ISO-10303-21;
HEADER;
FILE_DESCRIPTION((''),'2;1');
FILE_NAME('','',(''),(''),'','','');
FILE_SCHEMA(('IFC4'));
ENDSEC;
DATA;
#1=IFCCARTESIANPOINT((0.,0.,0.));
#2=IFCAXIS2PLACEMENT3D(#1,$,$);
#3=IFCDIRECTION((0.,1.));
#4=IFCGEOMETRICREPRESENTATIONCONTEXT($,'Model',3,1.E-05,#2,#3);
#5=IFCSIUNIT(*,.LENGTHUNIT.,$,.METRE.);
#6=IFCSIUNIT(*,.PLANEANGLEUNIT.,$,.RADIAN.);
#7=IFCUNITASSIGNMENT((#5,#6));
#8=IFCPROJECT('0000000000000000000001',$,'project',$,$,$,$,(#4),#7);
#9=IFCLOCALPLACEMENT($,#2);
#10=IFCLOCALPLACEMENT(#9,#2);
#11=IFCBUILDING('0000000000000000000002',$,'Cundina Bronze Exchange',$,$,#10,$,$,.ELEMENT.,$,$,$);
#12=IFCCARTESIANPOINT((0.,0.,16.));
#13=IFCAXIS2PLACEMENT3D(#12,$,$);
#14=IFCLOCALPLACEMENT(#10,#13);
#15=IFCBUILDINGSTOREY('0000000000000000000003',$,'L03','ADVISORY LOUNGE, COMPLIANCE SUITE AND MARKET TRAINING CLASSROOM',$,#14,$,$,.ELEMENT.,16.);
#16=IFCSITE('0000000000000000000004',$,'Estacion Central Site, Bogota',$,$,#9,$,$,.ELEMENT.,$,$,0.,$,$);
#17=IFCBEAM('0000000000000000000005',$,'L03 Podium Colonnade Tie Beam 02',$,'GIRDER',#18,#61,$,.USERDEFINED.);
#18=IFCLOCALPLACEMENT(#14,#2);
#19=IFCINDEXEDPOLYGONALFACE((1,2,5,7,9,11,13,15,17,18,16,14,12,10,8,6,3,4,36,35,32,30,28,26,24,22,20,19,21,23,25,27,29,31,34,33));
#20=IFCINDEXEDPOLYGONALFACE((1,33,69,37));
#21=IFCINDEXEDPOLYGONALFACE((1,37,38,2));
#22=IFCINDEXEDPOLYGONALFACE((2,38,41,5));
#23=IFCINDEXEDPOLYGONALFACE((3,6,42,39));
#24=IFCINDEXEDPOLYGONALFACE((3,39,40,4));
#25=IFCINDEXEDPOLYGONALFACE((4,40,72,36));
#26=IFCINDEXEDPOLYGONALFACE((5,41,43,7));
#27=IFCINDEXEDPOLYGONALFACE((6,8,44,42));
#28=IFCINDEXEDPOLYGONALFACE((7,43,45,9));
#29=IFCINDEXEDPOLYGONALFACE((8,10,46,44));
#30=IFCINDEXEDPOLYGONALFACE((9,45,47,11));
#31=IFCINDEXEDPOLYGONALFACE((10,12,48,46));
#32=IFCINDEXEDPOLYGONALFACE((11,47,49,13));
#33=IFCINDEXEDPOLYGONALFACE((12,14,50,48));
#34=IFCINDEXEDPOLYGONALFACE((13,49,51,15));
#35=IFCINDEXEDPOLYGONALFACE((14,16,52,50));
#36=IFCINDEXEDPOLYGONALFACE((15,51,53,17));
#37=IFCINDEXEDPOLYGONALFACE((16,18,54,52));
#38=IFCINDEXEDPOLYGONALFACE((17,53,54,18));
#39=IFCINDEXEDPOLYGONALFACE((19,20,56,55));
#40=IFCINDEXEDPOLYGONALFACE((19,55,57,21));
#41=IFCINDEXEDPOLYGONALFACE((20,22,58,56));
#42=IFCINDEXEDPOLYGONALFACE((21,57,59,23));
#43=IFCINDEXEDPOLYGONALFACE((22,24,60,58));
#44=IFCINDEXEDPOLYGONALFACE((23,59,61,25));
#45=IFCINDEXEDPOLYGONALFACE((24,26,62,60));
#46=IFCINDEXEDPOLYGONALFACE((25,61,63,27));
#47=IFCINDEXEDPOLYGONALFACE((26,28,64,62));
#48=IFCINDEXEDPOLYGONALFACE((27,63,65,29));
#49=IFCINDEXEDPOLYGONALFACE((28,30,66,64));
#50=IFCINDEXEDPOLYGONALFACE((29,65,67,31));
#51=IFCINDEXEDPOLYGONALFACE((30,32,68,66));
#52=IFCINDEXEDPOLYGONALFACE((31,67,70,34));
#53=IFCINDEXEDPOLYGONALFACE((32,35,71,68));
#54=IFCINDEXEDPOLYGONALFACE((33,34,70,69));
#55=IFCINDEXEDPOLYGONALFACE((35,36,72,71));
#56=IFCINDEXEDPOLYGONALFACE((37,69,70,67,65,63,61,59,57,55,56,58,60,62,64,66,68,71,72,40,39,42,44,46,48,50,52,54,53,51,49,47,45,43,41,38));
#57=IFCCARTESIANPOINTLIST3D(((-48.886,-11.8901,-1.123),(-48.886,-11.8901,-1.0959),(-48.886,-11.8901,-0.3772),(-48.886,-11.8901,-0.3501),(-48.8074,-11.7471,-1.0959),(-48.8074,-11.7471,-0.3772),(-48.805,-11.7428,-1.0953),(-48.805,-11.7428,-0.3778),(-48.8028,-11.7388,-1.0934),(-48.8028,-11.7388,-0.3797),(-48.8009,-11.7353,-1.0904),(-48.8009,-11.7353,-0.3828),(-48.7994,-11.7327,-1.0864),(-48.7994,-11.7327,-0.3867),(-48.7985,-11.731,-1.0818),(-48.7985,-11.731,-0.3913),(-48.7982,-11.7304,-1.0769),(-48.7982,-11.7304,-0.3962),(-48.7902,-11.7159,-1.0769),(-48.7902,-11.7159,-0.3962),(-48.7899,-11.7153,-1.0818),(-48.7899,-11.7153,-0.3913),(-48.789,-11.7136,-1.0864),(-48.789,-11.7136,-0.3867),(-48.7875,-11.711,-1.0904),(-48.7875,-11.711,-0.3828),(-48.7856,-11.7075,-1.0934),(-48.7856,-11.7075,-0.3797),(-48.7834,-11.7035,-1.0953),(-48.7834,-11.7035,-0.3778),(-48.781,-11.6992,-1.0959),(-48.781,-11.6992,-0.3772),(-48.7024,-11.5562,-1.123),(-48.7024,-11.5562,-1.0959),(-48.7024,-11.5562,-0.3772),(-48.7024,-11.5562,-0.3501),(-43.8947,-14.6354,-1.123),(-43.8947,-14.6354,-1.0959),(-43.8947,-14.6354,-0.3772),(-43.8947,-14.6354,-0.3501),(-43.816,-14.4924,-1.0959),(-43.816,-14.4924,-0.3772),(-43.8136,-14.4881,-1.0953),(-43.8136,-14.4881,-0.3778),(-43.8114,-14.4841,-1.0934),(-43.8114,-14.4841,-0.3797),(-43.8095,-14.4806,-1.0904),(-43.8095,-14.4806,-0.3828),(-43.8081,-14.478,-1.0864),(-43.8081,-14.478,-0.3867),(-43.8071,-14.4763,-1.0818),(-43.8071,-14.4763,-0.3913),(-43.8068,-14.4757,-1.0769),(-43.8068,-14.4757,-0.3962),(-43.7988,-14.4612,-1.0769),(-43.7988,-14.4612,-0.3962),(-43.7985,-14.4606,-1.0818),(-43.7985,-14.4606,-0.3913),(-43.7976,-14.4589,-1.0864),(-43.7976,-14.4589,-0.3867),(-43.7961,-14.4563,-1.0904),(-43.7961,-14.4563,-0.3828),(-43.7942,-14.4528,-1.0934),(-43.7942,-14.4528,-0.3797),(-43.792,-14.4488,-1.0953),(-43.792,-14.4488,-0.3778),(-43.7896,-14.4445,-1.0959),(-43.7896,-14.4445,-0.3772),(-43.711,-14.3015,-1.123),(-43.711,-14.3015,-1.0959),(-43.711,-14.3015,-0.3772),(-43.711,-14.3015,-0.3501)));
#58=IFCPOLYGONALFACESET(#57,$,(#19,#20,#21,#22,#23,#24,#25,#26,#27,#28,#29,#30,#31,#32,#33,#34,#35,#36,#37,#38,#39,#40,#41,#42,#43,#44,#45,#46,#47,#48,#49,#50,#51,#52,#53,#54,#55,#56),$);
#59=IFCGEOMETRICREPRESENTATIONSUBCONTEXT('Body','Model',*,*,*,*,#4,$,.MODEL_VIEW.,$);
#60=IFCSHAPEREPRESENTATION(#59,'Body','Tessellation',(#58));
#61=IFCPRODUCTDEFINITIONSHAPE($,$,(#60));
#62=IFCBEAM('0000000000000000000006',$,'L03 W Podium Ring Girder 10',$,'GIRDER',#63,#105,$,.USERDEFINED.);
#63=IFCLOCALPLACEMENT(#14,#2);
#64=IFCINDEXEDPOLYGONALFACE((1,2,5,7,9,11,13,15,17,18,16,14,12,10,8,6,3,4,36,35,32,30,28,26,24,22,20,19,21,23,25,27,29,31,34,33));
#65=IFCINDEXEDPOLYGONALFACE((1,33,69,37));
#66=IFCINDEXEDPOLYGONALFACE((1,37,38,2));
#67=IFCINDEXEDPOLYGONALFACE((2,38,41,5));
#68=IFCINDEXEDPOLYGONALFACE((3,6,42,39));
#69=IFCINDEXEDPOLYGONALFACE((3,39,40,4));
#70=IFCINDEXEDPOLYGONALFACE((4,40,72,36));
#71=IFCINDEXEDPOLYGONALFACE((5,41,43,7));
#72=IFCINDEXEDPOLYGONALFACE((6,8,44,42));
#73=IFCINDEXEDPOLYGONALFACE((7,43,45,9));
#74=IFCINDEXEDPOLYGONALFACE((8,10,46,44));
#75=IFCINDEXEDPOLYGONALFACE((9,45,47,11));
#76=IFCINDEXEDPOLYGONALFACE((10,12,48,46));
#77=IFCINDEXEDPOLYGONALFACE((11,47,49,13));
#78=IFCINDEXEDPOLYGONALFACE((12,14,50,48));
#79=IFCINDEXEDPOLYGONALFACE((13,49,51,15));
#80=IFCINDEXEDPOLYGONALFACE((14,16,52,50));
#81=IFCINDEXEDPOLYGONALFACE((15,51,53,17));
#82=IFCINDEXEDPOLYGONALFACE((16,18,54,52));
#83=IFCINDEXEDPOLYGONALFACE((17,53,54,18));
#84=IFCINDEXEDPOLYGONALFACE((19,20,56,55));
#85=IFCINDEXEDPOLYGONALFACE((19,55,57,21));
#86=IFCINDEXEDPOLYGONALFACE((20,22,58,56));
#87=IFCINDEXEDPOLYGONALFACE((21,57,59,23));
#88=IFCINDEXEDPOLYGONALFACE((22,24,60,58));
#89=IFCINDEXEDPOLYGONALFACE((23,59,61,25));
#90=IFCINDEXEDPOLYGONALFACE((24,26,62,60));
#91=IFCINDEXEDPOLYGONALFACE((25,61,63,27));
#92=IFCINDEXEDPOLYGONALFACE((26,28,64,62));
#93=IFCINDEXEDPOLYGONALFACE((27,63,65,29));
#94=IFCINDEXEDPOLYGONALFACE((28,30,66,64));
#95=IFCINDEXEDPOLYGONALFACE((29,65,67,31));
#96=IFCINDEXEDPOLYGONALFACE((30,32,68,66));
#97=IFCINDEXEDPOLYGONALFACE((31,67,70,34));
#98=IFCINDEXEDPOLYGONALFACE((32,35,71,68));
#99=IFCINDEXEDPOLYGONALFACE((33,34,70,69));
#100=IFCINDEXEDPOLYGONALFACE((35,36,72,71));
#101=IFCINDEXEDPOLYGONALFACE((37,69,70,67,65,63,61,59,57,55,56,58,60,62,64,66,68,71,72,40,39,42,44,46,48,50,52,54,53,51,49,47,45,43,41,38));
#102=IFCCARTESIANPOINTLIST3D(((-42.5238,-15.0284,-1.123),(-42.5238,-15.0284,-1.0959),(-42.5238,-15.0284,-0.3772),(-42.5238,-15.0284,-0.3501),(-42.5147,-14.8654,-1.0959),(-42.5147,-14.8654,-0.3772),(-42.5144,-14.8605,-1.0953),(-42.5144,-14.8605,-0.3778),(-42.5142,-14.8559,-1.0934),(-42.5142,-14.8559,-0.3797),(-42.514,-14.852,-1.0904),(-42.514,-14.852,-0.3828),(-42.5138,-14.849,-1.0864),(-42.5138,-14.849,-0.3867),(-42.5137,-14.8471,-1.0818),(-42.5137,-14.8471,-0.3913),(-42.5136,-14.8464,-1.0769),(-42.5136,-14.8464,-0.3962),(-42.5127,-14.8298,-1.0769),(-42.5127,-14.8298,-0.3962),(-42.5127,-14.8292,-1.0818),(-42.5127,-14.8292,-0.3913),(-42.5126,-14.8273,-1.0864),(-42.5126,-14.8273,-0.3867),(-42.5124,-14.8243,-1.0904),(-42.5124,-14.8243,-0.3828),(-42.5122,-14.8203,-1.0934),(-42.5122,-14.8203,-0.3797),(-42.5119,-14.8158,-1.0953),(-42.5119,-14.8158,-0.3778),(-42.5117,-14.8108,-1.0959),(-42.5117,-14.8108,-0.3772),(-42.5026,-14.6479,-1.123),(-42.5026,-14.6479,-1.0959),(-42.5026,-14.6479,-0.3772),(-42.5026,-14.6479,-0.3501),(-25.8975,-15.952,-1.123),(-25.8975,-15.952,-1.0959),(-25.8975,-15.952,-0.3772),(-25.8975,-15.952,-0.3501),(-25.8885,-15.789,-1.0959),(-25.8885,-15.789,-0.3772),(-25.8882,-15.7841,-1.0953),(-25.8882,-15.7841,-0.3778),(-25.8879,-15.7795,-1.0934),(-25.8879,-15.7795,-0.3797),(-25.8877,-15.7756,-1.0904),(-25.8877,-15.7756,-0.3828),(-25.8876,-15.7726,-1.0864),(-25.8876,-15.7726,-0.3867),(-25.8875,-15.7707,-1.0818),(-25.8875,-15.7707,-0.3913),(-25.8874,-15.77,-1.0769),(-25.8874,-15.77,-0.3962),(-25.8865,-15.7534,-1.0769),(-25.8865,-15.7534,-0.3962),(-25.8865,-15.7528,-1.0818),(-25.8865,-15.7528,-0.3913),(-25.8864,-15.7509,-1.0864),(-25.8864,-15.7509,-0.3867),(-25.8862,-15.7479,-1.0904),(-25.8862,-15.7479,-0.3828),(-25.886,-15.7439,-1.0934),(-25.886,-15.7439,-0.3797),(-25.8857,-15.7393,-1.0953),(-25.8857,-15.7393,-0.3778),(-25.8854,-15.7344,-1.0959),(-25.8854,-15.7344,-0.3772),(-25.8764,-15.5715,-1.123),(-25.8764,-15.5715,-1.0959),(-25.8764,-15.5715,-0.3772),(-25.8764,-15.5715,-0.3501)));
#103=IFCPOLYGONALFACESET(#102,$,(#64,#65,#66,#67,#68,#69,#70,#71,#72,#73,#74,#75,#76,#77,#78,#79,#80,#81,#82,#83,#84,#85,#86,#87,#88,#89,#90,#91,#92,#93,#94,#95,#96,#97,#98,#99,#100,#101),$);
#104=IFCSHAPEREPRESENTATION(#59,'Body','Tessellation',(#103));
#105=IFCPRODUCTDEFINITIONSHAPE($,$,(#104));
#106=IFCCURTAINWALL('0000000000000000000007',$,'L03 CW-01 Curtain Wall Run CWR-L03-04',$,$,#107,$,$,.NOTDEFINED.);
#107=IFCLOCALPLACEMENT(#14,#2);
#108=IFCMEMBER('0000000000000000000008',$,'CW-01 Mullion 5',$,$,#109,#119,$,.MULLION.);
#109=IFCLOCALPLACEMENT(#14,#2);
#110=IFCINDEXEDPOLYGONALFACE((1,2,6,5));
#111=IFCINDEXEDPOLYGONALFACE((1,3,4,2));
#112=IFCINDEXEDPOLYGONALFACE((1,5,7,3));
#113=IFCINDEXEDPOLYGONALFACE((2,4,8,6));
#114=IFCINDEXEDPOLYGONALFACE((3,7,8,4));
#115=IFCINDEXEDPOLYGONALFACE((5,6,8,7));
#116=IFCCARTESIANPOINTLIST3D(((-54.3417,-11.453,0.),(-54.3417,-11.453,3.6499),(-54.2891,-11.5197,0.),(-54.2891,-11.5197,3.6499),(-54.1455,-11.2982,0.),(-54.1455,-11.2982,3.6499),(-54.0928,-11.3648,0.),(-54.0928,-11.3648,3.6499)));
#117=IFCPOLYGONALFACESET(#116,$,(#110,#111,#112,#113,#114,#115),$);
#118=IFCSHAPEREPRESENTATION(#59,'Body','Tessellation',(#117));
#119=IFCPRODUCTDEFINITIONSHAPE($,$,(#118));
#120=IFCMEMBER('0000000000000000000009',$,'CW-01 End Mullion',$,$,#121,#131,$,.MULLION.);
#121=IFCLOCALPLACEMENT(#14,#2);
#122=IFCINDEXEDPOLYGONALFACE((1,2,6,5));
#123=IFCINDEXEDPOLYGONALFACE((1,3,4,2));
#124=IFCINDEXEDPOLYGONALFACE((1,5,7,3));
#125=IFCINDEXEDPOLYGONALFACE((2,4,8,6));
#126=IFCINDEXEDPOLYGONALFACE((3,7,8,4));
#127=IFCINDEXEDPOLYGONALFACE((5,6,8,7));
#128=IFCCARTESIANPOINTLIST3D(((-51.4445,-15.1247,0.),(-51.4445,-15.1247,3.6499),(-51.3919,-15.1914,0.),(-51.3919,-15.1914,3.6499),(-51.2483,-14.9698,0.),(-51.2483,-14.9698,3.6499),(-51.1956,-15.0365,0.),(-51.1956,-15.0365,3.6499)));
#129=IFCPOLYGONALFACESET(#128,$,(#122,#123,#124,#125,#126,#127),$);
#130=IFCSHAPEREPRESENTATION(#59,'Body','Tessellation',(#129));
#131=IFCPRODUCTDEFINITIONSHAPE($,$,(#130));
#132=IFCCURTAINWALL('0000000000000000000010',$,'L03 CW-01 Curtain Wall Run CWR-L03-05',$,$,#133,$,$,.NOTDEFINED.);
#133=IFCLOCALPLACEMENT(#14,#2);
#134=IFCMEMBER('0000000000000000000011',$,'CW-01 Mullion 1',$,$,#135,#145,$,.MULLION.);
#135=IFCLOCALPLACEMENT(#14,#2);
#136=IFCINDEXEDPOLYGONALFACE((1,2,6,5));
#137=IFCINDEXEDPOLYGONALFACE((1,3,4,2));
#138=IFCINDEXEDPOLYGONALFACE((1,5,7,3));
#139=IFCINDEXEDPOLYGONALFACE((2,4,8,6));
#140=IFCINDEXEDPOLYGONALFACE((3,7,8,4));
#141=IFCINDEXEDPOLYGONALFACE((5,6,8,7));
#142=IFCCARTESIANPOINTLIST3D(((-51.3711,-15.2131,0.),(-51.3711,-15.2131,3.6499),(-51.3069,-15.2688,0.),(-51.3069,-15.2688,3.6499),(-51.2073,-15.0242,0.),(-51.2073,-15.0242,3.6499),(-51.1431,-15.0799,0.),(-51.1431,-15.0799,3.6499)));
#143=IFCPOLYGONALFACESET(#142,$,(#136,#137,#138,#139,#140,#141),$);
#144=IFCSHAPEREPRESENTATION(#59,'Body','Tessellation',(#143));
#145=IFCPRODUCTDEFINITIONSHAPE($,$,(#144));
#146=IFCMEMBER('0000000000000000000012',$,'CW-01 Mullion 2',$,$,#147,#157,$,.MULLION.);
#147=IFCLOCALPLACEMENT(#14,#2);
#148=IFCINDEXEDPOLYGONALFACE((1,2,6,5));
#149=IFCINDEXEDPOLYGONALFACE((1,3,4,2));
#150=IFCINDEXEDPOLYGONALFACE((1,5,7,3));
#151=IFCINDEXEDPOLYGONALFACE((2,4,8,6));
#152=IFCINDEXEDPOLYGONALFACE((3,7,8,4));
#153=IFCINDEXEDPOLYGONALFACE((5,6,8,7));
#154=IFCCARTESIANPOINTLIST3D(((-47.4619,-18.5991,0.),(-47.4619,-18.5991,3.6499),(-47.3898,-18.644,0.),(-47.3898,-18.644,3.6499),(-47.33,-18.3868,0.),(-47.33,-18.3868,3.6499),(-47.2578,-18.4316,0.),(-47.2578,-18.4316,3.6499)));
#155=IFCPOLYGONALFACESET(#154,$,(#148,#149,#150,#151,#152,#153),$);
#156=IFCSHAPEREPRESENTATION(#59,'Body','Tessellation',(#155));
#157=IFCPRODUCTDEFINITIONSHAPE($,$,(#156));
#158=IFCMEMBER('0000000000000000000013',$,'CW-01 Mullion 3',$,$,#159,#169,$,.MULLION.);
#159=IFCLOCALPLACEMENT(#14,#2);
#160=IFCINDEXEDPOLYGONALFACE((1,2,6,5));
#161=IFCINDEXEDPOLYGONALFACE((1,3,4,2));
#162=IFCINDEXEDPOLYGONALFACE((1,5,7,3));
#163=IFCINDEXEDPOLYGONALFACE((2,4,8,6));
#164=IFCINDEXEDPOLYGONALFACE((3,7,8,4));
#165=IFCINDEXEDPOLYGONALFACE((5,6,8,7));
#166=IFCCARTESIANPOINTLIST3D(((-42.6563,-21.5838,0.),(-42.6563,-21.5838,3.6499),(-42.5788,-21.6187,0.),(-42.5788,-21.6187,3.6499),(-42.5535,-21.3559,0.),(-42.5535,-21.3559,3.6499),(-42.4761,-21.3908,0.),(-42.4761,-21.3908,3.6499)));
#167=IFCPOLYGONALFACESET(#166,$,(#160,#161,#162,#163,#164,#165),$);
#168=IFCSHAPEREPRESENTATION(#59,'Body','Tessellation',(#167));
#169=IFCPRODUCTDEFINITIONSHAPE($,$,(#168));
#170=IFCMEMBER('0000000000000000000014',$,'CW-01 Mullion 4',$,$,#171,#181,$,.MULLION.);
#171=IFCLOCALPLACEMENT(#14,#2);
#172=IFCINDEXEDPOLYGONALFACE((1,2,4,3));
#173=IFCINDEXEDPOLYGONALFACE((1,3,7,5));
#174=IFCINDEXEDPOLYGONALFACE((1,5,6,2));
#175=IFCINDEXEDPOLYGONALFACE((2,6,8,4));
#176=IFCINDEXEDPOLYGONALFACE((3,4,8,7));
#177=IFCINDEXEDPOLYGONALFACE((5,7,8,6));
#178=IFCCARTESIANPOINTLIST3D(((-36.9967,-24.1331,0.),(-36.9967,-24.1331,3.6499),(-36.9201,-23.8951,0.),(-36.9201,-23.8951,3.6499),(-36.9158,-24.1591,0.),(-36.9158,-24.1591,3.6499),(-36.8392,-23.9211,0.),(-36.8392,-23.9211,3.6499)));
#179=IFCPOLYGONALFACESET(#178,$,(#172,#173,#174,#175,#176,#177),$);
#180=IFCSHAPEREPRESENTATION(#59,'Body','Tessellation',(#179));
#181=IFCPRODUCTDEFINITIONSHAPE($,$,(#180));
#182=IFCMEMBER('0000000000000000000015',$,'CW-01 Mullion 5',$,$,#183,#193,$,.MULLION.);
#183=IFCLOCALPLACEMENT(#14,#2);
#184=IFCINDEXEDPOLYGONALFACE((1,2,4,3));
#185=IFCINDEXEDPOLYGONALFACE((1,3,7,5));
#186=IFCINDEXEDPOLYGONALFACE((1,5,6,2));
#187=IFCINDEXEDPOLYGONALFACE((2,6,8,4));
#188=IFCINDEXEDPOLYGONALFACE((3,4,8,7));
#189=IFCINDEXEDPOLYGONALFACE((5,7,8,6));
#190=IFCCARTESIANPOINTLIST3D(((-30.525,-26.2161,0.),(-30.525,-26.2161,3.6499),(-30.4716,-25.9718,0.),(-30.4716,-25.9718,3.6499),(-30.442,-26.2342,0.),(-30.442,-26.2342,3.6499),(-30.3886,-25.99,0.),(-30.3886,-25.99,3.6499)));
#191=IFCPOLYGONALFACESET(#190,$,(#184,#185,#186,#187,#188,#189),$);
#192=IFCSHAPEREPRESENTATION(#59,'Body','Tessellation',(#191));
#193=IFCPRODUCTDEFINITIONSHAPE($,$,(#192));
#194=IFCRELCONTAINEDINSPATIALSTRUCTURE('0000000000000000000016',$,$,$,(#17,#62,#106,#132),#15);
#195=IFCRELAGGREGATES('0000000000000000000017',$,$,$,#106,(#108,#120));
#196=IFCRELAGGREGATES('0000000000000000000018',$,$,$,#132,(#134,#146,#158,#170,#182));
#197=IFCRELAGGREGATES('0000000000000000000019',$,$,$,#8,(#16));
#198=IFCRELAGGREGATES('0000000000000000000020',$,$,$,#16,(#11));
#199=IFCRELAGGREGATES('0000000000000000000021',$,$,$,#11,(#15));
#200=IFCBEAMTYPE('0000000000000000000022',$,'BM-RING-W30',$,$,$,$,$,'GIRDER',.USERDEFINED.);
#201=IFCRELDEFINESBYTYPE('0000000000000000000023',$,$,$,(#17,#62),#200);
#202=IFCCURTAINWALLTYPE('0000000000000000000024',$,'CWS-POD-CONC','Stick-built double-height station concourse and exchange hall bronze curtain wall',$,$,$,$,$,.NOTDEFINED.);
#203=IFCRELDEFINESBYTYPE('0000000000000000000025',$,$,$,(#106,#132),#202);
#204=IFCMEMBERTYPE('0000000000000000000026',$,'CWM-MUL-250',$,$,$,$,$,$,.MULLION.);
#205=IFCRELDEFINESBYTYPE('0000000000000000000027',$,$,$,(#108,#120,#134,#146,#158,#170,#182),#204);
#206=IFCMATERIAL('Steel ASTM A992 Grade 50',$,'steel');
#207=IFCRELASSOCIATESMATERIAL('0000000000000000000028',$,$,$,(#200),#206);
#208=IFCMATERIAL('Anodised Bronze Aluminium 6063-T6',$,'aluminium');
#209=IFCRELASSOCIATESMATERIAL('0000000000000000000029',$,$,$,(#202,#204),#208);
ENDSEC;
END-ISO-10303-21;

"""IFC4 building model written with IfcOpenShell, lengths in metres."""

from ifc_helpers import new_model, si_unit, direction, frame, origin, origin_2d, place, context, subcontext, project, spatial, rectangle, i_section, extrude, material, material_profile, profile_set, type_object, element, aggregate, save


model = new_model("IFC4")

# Units and contexts
model_context = context("Model", 3, precision=1e-05, world=origin(), true_north=direction((0.0, 1.0)))
body_context = subcontext(model_context, "Body", "Model", "MODEL_VIEW")
ifc_project = project(units=[si_unit("LENGTHUNIT", "METRE"), si_unit("PLANEANGLEUNIT", "RADIAN")], contexts=[model_context])

# Site, building, storey
site_placement = place(None, origin())
site = spatial("IfcSite", under=ifc_project, at=site_placement, Name="Estacion Central Site, Bogota", CompositionType="ELEMENT", RefElevation=0.0)
building_placement = place(site_placement, origin())
building = spatial("IfcBuilding", under=site, at=building_placement, Name="Cundina Bronze Exchange", CompositionType="ELEMENT")
storey_placement = place(building_placement, frame((0.0, 0.0, 16.0)))
storey = spatial("IfcBuildingStorey", under=building, at=storey_placement, Name="L03", Description="ADVISORY LOUNGE, COMPLIANCE SUITE AND MARKET TRAINING CLASSROOM", CompositionType="ELEMENT", Elevation=16.0)

# Beams
ifc_material_1 = material(Name="Steel ASTM A992 Grade 50", Category="steel")
ifc_material_profile_1 = material_profile(ifc_material_1, i_section(OverallWidth=0.3811, OverallDepth=0.7729, WebThickness=0.0166, FlangeThickness=0.0271, FilletRadius=0.019, at=origin_2d()), Name="W30X173", Category="steel")
ifc_profile_set_1 = profile_set([ifc_material_profile_1], Name="Steel ASTM A992 Grade 50")
beam_type_1 = type_object("IfcBeamType", Name="BM-RING-W30", ElementType="GIRDER", PredefinedType="USERDEFINED", material=ifc_profile_set_1)
beam_1_placement = place(storey_placement, frame((-48.7942, -11.7231, -0.7366), z_axis=(0.876211, -0.481927, 0.0), x_axis=(0.481927, 0.876211, 0.0)))
element("IfcBeam", 1, at=beam_1_placement, inside=storey, type_object=beam_type_1, Name="L03 Podium Colonnade Tie Beam 02", ObjectType="GIRDER", PredefinedType="USERDEFINED", context=body_context, shape_type="SweptSolid", body=[
    extrude(i_section(OverallWidth=0.3811, OverallDepth=0.7729, WebThickness=0.0166, FlangeThickness=0.0271, FilletRadius=0.019, at=origin_2d()), origin(), (0.0, 0.0, 1.0), 5.6965),
])
beam_2_placement = place(storey_placement, frame((-42.5132, -14.8381, -0.7366), z_axis=(0.998461, -0.055464, 0.0), x_axis=(0.055464, 0.998461, 0.0)))
element("IfcBeam", 2, at=beam_2_placement, inside=storey, type_object=beam_type_1, Name="L03 W Podium Ring Girder 10", ObjectType="GIRDER", PredefinedType="USERDEFINED", context=body_context, shape_type="SweptSolid", body=[
    extrude(i_section(OverallWidth=0.3811, OverallDepth=0.7729, WebThickness=0.0166, FlangeThickness=0.0271, FilletRadius=0.019, at=origin_2d()), origin(), (0.0, 0.0, 1.0), 16.6519),
])

# Curtain walls, members
ifc_material_2 = material(Name="Anodised Bronze Aluminium 6063-T6", Category="aluminium")
curtain_wall_type = type_object("IfcCurtainWallType", Name="CWS-POD-CONC", Description="Stick-built double-height station concourse and exchange hall bronze curtain wall", PredefinedType="NOTDEFINED", material=ifc_material_2)
curtain_wall_1_placement = place(storey_placement, origin())
curtain_wall_1 = element("IfcCurtainWall", 3, at=curtain_wall_1_placement, inside=storey, type_object=curtain_wall_type, Name="L03 CW-01 Curtain Wall Run CWR-L03-04", PredefinedType="NOTDEFINED")
ifc_material_profile_2 = material_profile(ifc_material_2, rectangle(XDim=0.085, YDim=0.25, at=origin_2d()), Name="AL85X250", Category="aluminium")
ifc_profile_set_2 = profile_set([ifc_material_profile_2], Name="Anodised Bronze Aluminium 6063-T6")
member_type_1 = type_object("IfcMemberType", Name="CWM-MUL-250", PredefinedType="MULLION", material=ifc_profile_set_2)
member_1_placement = place(storey_placement, frame((-54.2173, -11.4089, 0.0), z_axis=(0.0, 0.0, 1.0), x_axis=(0.619505, -0.784993, 0.0)))
member_1 = element("IfcMember", 4, at=member_1_placement, type_object=member_type_1, Name="CW-01 Mullion 5", PredefinedType="MULLION", context=body_context, shape_type="SweptSolid", body=[
    extrude(rectangle(XDim=0.085, YDim=0.25, at=origin_2d()), origin(), (0.0, 0.0, 1.0), 3.6499),
])
member_2_placement = place(storey_placement, frame((-51.3201, -15.0806, 0.0), z_axis=(0.0, 0.0, 1.0), x_axis=(0.619505, -0.784993, 0.0)))
member_2 = element("IfcMember", 5, at=member_2_placement, type_object=member_type_1, Name="CW-01 End Mullion", PredefinedType="MULLION", context=body_context, shape_type="SweptSolid", body=[
    extrude(rectangle(XDim=0.085, YDim=0.25, at=origin_2d()), origin(), (0.0, 0.0, 1.0), 3.6499),
])
curtain_wall_2_placement = place(storey_placement, origin())
curtain_wall_2 = element("IfcCurtainWall", 6, at=curtain_wall_2_placement, inside=storey, type_object=curtain_wall_type, Name="L03 CW-01 Curtain Wall Run CWR-L03-05", PredefinedType="NOTDEFINED")
member_3_placement = place(storey_placement, frame((-51.2571, -15.1465, 0.0), z_axis=(0.0, 0.0, 1.0), x_axis=(0.755511, -0.655136, 0.0)))
member_3 = element("IfcMember", 7, at=member_3_placement, type_object=member_type_1, Name="CW-01 Mullion 1", PredefinedType="MULLION", context=body_context, shape_type="SweptSolid", body=[
    extrude(rectangle(XDim=0.085, YDim=0.25, at=origin_2d()), origin(), (0.0, 0.0, 1.0), 3.6499),
])
member_4_placement = place(storey_placement, frame((-47.3599, -18.5154, 0.0), z_axis=(0.0, 0.0, 1.0), x_axis=(0.84934, -0.527846, 0.0)))
member_4 = element("IfcMember", 8, at=member_4_placement, type_object=member_type_1, Name="CW-01 Mullion 2", PredefinedType="MULLION", context=body_context, shape_type="SweptSolid", body=[
    extrude(rectangle(XDim=0.085, YDim=0.25, at=origin_2d()), origin(), (0.0, 0.0, 1.0), 3.6499),
])
member_5_placement = place(storey_placement, frame((-42.5662, -21.4873, 0.0), z_axis=(0.0, 0.0, 1.0), x_axis=(0.911619, -0.411037, 0.0)))
member_5 = element("IfcMember", 9, at=member_5_placement, type_object=member_type_1, Name="CW-01 Mullion 3", PredefinedType="MULLION", context=body_context, shape_type="SweptSolid", body=[
    extrude(rectangle(XDim=0.085, YDim=0.25, at=origin_2d()), origin(), (0.0, 0.0, 1.0), 3.6499),
])
member_6_placement = place(storey_placement, frame((-36.918, -24.0271, 0.0), z_axis=(0.0, 0.0, 1.0), x_axis=(0.951862, -0.306526, 0.0)))
member_6 = element("IfcMember", 10, at=member_6_placement, type_object=member_type_1, Name="CW-01 Mullion 4", PredefinedType="MULLION", context=body_context, shape_type="SweptSolid", body=[
    extrude(rectangle(XDim=0.085, YDim=0.25, at=origin_2d()), origin(), (0.0, 0.0, 1.0), 3.6499),
])
member_7_placement = place(storey_placement, frame((-30.4568, -26.103, 0.0), z_axis=(0.0, 0.0, 1.0), x_axis=(0.976897, -0.213712, 0.0)))
member_7 = element("IfcMember", 11, at=member_7_placement, type_object=member_type_1, Name="CW-01 Mullion 5", PredefinedType="MULLION", context=body_context, shape_type="SweptSolid", body=[
    extrude(rectangle(XDim=0.085, YDim=0.25, at=origin_2d()), origin(), (0.0, 0.0, 1.0), 3.6499),
])

aggregate(curtain_wall_1, [member_1, member_2])
aggregate(curtain_wall_2, [member_3, member_4, member_5, member_6, member_7])

save(model, "model.ifc")
